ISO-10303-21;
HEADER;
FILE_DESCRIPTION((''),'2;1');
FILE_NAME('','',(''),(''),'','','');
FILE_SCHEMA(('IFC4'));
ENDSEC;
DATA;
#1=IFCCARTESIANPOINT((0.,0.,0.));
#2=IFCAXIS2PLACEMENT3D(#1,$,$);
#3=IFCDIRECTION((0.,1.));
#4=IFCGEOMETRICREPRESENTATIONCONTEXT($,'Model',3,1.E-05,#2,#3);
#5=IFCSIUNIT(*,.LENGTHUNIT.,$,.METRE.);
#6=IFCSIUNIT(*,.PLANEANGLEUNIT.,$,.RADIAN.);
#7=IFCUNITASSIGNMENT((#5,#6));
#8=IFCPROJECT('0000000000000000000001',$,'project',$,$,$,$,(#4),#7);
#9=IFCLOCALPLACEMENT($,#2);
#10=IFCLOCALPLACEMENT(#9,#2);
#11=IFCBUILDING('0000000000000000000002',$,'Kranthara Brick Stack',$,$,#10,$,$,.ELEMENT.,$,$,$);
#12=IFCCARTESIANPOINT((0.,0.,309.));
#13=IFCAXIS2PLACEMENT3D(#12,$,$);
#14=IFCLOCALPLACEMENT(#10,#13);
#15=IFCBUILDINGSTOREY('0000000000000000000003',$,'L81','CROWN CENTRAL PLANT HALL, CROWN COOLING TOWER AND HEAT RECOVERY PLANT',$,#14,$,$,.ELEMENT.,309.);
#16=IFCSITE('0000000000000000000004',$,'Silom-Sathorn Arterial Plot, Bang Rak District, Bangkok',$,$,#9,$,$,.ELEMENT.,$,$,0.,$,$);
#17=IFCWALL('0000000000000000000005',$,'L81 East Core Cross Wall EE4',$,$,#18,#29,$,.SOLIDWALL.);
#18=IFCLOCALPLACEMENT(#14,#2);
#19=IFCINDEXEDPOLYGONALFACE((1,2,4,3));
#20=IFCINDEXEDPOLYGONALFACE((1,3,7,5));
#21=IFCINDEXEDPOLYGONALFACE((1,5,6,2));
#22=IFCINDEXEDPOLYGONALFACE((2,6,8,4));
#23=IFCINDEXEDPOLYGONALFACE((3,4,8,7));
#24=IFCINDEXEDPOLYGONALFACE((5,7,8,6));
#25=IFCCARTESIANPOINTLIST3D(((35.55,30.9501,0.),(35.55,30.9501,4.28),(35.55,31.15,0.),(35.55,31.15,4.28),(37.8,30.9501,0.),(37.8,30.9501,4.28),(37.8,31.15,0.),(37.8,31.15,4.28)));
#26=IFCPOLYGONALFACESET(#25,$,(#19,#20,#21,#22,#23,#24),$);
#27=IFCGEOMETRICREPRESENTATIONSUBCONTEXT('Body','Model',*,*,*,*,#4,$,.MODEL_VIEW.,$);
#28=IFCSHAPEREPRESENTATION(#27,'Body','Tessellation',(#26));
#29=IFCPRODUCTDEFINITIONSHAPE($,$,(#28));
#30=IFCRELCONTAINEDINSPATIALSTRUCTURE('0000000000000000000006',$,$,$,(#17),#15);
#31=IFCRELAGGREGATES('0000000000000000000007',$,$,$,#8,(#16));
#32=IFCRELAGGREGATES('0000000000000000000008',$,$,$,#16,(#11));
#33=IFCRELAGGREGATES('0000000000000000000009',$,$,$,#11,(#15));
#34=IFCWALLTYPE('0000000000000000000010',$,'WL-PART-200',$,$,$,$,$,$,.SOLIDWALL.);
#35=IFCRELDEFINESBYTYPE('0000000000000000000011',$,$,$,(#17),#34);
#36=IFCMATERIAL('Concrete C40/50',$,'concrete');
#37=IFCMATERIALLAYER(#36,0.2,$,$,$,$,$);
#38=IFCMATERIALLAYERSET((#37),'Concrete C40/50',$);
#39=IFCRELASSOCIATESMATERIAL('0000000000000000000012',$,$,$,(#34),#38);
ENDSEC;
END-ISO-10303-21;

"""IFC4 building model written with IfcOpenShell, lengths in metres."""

from ifc_helpers import new_model, si_unit, direction, frame, frame_2d, origin, place, context, subcontext, project, spatial, rectangle, extrude, material, layer, layer_set, type_object, element, save


model = new_model("IFC4")

# Units and contexts
model_context = context("Model", 3, precision=1e-05, world=origin(), true_north=direction((0.0, 1.0)))
body_context = subcontext(model_context, "Body", "Model", "MODEL_VIEW")
ifc_project = project(units=[si_unit("LENGTHUNIT", "METRE"), si_unit("PLANEANGLEUNIT", "RADIAN")], contexts=[model_context])

# Site, building, storey
site_placement = place(None, origin())
site = spatial("IfcSite", under=ifc_project, at=site_placement, Name="Silom-Sathorn Arterial Plot, Bang Rak District, Bangkok", CompositionType="ELEMENT", RefElevation=0.0)
building_placement = place(site_placement, origin())
building = spatial("IfcBuilding", under=site, at=building_placement, Name="Kranthara Brick Stack", CompositionType="ELEMENT")
storey_placement = place(building_placement, frame((0.0, 0.0, 309.0)))
storey = spatial("IfcBuildingStorey", under=building, at=storey_placement, Name="L81", Description="CROWN CENTRAL PLANT HALL, CROWN COOLING TOWER AND HEAT RECOVERY PLANT", CompositionType="ELEMENT", Elevation=309.0)

# Wall
ifc_material_1 = material(Name="Concrete C40/50", Category="concrete")
ifc_layer_1 = layer(ifc_material_1, 0.2)
ifc_layer_set_1 = layer_set([ifc_layer_1], Name="Concrete C40/50")
wall_type_1 = type_object("IfcWallType", Name="WL-PART-200", PredefinedType="SOLIDWALL", material=ifc_layer_set_1)
wall_1_placement = place(storey_placement, frame((35.55, 31.05, 0.0), z_axis=(0.0, 0.0, 1.0), x_axis=(1.0, 0.0, 0.0)))
element("IfcWall", 1, at=wall_1_placement, inside=storey, type_object=wall_type_1, Name="L81 East Core Cross Wall EE4", PredefinedType="SOLIDWALL", context=body_context, shape_type="SweptSolid", body=[
    extrude(rectangle(XDim=2.25, YDim=0.2, at=frame_2d((1.125, 0.0))), origin(), (0.0, 0.0, 1.0), 4.28),
])

save(model, "model.ifc")
